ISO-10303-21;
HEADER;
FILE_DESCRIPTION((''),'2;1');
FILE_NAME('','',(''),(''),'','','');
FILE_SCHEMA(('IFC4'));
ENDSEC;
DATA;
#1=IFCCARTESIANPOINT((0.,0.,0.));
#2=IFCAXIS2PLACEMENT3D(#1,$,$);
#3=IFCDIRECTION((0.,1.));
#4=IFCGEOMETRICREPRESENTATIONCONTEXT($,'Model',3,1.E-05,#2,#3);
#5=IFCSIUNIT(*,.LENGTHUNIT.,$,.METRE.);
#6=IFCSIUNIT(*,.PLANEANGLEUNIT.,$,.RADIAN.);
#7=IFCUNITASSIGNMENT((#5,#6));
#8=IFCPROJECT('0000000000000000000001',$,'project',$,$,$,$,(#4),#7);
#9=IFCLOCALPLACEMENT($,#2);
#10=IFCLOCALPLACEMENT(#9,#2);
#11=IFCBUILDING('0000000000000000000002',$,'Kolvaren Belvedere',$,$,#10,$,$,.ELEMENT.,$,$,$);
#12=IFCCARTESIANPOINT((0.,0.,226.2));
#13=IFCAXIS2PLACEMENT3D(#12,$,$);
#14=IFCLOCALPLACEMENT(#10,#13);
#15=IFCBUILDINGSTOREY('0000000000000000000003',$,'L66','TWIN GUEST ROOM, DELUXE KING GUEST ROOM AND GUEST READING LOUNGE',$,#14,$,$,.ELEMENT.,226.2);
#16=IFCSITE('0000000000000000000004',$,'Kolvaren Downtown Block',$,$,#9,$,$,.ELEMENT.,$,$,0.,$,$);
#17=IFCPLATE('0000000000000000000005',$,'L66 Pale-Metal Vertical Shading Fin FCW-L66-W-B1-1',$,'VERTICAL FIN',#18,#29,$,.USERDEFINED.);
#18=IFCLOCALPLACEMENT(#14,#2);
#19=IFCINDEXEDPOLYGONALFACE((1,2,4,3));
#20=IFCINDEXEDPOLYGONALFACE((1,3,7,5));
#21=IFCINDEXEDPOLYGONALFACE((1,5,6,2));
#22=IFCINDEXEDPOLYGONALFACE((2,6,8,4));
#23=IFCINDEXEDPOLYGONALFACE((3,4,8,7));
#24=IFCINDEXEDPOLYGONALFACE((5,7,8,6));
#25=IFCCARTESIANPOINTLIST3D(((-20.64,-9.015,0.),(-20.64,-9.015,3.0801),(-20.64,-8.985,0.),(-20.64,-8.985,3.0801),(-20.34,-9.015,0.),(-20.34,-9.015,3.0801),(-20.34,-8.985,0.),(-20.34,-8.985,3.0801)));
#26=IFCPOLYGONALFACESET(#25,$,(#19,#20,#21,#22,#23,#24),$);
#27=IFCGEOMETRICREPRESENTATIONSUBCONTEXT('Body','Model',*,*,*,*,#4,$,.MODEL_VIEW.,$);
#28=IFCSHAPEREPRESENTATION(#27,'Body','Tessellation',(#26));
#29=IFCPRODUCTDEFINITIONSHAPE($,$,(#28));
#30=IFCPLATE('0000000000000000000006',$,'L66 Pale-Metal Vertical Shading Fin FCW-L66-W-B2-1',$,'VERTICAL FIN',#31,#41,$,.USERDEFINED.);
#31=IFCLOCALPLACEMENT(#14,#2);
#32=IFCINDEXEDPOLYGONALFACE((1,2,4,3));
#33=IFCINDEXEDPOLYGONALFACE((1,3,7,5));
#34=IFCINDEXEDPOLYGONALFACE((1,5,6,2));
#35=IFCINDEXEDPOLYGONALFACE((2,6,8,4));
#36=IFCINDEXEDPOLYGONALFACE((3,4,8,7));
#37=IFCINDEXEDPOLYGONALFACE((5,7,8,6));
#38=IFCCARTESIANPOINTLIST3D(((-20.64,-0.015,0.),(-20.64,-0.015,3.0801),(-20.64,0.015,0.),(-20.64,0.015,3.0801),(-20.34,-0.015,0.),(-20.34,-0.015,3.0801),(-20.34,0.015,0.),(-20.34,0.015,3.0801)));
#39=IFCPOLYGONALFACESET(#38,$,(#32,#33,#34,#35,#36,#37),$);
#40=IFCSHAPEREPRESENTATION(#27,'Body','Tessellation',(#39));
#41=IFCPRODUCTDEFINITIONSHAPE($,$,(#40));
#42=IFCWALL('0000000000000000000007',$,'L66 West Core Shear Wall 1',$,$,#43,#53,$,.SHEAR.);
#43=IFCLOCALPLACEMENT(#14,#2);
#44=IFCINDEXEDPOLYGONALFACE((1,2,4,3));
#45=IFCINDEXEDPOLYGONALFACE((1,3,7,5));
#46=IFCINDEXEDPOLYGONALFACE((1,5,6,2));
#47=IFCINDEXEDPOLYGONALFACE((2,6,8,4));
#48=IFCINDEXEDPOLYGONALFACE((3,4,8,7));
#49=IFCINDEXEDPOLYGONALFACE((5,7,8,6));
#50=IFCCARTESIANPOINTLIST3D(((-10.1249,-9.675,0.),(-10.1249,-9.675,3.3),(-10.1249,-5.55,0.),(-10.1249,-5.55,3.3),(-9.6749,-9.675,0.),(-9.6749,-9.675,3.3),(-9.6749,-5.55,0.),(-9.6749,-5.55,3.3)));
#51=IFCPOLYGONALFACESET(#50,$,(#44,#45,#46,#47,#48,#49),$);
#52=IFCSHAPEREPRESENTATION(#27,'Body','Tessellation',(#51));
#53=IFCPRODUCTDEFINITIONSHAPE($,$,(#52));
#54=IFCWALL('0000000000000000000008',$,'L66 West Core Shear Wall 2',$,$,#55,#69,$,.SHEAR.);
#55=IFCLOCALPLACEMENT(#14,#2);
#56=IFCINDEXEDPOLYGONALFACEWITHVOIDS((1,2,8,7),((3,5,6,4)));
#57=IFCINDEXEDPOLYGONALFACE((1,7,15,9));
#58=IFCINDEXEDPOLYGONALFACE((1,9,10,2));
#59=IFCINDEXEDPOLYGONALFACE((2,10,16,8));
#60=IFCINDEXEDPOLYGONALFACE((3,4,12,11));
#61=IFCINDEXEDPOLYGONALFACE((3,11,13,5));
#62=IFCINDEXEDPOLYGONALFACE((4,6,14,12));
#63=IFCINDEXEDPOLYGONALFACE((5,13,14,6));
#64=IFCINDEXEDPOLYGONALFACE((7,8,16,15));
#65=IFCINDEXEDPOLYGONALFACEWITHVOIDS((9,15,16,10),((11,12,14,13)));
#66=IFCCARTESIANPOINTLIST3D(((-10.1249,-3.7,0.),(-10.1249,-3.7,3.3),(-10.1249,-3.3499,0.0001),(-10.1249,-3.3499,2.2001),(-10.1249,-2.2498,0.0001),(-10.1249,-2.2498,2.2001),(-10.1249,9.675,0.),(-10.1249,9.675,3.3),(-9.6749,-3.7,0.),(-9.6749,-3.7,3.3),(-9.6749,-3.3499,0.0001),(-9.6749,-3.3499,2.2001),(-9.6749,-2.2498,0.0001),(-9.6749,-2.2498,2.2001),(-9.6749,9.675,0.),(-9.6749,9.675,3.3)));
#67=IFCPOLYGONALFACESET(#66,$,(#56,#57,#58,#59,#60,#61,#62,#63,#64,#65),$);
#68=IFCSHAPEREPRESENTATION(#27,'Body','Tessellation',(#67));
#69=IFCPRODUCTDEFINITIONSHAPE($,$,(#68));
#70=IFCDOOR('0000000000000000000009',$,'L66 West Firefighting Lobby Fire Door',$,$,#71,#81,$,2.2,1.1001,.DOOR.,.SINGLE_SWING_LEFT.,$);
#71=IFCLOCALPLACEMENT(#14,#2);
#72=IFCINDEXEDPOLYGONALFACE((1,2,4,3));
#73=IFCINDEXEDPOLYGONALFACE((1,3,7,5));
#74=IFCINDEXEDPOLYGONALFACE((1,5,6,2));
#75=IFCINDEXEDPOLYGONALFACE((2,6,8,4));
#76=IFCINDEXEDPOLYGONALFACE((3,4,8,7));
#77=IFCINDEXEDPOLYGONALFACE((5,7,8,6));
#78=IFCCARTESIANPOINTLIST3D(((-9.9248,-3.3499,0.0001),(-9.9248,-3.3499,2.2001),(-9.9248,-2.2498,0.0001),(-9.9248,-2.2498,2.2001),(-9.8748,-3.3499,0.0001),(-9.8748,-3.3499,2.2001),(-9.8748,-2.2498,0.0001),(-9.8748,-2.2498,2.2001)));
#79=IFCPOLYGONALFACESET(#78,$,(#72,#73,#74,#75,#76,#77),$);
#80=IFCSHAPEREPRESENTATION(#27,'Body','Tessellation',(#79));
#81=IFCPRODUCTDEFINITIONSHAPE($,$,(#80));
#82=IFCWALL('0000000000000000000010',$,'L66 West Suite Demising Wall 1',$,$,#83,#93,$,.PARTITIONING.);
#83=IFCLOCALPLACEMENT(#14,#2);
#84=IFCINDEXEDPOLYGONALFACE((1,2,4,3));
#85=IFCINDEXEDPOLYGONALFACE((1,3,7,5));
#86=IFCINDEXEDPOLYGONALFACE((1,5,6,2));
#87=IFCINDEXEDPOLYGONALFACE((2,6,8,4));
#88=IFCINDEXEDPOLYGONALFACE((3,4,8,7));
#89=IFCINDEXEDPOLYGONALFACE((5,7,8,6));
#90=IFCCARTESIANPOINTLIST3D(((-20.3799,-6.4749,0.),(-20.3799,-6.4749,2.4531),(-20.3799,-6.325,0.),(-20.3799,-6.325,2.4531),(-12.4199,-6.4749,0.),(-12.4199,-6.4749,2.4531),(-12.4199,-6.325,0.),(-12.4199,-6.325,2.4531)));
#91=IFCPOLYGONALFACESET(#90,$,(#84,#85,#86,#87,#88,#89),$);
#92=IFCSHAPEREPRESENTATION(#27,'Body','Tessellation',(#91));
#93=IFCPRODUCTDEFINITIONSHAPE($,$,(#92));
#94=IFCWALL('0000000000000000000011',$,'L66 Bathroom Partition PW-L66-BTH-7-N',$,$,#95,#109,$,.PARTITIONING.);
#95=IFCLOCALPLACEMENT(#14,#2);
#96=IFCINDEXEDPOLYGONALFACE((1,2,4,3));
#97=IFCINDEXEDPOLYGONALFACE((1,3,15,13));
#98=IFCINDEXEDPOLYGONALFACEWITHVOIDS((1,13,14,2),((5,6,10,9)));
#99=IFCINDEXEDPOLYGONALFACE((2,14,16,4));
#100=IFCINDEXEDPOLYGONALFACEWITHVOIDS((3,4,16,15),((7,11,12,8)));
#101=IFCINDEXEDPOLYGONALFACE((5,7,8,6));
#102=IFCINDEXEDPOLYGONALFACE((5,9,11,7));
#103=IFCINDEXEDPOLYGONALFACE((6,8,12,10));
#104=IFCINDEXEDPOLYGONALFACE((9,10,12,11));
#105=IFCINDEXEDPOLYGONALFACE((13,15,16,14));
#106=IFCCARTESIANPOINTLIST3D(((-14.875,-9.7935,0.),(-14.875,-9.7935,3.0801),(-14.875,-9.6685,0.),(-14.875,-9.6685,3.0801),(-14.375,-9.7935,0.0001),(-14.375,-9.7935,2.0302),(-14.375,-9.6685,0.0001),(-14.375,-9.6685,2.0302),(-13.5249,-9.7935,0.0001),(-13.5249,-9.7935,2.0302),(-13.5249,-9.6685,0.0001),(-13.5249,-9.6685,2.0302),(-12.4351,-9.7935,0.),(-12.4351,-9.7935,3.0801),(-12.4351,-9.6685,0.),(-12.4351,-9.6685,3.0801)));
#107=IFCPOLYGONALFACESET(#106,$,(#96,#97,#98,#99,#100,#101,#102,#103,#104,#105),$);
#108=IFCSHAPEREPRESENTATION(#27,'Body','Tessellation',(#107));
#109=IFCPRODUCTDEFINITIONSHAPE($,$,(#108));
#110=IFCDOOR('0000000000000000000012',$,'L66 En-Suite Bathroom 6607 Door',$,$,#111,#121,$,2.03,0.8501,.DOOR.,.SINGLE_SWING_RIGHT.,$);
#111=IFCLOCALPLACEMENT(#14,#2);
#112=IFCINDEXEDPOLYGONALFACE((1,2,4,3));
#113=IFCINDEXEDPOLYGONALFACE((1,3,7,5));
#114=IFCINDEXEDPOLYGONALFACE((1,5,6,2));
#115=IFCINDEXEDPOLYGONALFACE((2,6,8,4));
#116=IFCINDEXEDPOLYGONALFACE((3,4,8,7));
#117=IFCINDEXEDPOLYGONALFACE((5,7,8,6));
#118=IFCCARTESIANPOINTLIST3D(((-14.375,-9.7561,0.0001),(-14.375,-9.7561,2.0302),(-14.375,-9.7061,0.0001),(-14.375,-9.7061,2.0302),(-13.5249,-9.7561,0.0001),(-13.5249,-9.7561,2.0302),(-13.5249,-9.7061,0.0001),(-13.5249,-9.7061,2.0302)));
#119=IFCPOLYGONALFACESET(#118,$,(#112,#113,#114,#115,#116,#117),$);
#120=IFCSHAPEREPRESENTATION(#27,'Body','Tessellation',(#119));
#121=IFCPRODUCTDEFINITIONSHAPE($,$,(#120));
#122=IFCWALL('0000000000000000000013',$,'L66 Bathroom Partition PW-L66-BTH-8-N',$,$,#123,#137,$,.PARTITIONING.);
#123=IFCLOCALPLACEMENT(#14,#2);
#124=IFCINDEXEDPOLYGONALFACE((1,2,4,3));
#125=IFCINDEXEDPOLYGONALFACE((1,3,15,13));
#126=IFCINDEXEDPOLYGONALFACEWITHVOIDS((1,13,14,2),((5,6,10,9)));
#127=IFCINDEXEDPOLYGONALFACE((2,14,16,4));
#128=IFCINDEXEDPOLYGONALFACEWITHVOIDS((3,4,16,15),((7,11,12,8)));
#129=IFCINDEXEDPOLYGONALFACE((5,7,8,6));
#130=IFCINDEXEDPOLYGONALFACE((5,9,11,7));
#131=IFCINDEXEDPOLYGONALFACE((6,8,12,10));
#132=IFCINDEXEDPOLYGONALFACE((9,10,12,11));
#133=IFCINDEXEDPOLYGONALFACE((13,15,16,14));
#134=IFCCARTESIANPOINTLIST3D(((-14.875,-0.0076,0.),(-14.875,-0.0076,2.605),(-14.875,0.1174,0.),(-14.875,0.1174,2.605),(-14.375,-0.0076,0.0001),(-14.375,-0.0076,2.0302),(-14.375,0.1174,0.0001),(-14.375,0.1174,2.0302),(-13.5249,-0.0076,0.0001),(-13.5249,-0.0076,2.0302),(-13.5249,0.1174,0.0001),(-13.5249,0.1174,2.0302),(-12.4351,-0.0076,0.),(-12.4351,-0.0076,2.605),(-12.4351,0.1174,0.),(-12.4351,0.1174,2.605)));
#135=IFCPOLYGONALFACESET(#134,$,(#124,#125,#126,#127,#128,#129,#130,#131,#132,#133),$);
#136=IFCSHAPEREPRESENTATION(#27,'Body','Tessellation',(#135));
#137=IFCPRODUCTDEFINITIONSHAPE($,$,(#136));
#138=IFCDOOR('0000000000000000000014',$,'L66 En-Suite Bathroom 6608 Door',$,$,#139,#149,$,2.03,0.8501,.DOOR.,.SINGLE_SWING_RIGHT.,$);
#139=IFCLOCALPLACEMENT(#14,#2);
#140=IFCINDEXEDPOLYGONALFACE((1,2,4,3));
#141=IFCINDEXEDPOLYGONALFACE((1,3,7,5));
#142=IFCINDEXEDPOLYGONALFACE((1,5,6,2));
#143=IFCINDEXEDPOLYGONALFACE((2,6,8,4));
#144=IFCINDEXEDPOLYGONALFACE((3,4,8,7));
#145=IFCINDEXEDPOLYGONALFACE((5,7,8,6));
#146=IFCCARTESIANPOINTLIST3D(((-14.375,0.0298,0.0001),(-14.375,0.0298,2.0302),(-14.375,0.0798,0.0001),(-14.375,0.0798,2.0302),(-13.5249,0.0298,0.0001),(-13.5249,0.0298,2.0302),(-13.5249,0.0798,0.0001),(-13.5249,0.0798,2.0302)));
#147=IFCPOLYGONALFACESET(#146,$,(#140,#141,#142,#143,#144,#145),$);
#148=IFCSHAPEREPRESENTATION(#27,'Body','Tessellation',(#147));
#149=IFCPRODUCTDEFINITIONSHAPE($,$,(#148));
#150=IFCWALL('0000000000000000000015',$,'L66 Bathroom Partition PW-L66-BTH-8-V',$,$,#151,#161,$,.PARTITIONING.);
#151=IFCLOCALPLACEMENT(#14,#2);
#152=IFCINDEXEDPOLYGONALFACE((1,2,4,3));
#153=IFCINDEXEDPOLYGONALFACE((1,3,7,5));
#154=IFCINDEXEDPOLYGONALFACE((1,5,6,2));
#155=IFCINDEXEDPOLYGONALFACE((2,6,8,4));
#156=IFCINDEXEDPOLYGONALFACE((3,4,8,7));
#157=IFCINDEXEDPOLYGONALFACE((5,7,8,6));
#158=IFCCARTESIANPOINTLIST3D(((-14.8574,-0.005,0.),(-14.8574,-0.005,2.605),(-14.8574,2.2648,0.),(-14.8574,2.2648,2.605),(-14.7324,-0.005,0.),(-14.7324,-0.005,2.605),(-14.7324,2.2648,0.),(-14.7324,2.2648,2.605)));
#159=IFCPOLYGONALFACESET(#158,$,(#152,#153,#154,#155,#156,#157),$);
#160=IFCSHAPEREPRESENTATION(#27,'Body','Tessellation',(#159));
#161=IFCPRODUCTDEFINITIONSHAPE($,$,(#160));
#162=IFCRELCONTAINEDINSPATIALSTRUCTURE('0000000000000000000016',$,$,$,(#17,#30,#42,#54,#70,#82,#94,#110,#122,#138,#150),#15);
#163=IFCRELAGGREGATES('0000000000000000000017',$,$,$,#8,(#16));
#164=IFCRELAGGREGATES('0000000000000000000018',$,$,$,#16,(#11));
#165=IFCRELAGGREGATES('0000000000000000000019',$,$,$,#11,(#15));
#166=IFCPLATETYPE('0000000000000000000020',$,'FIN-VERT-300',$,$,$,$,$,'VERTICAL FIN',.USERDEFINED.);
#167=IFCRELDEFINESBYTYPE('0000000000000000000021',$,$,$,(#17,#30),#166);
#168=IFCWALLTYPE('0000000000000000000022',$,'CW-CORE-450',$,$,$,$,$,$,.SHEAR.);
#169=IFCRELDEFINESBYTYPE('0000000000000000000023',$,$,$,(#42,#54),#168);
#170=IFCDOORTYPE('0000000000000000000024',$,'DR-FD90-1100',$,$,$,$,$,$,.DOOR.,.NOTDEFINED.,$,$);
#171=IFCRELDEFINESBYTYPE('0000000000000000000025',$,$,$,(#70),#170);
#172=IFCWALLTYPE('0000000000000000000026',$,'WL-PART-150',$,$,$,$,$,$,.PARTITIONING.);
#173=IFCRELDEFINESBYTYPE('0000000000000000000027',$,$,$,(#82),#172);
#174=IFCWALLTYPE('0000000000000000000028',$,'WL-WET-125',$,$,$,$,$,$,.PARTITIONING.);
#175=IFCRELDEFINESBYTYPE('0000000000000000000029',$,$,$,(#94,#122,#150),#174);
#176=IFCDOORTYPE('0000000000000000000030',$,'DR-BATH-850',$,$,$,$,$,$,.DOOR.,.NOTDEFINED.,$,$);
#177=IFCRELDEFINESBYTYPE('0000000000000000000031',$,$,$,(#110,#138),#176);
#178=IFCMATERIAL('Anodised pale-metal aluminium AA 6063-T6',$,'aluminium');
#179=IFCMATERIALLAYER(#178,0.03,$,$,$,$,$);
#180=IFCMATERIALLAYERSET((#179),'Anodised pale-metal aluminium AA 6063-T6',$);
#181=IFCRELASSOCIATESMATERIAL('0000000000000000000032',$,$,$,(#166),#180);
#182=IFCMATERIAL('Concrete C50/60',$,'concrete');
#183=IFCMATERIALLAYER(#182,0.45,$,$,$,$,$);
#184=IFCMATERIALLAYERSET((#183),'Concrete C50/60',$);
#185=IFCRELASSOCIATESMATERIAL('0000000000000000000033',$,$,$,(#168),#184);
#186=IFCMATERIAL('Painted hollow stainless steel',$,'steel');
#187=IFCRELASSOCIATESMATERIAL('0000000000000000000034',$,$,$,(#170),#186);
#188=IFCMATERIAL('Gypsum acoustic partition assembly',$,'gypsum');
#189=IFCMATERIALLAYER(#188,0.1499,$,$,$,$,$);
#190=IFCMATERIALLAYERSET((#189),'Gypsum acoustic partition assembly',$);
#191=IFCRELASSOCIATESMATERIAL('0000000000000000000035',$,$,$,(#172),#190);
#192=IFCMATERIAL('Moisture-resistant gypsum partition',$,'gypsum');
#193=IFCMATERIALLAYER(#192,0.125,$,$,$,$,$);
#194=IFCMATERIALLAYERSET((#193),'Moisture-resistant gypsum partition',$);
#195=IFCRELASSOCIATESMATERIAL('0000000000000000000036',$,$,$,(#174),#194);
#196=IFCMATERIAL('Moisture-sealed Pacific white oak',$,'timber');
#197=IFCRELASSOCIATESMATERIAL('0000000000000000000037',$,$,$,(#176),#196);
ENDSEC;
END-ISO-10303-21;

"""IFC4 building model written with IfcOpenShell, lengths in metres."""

from ifc_helpers import new_model, si_unit, direction, frame, frame_2d, origin, origin_2d, place, context, subcontext, project, spatial, rectangle, extrude, material, layer, layer_set, type_object, element, fill, save


model = new_model("IFC4")

# Units and contexts
model_context = context("Model", 3, precision=1e-05, world=origin(), true_north=direction((0.0, 1.0)))
body_context = subcontext(model_context, "Body", "Model", "MODEL_VIEW")
ifc_project = project(units=[si_unit("LENGTHUNIT", "METRE"), si_unit("PLANEANGLEUNIT", "RADIAN")], contexts=[model_context])

# Site, building, storey
site_placement = place(None, origin())
site = spatial("IfcSite", under=ifc_project, at=site_placement, Name="Kolvaren Downtown Block", CompositionType="ELEMENT", RefElevation=0.0)
building_placement = place(site_placement, origin())
building = spatial("IfcBuilding", under=site, at=building_placement, Name="Kolvaren Belvedere", CompositionType="ELEMENT")
storey_placement = place(building_placement, frame((0.0, 0.0, 226.2)))
storey = spatial("IfcBuildingStorey", under=building, at=storey_placement, Name="L66", Description="TWIN GUEST ROOM, DELUXE KING GUEST ROOM AND GUEST READING LOUNGE", CompositionType="ELEMENT", Elevation=226.2)

# Plates
ifc_material_1 = material(Name="Anodised pale-metal aluminium AA 6063-T6", Category="aluminium")
ifc_layer_1 = layer(ifc_material_1, 0.03)
ifc_layer_set_1 = layer_set([ifc_layer_1], Name="Anodised pale-metal aluminium AA 6063-T6")
plate_type_1 = type_object("IfcPlateType", Name="FIN-VERT-300", ElementType="VERTICAL FIN", PredefinedType="USERDEFINED", material=ifc_layer_set_1)
for number, where, z_axis, x_axis, name in (
    (1, (-20.49, -9.0, 0.0), (0.0, 0.0, 1.0), (1.0, 0.0, 0.0), "L66 Pale-Metal Vertical Shading Fin FCW-L66-W-B1-1"),
    (2, (-20.49, 0.0, 0.0), (0.0, 0.0, 1.0), (1.0, 0.0, 0.0), "L66 Pale-Metal Vertical Shading Fin FCW-L66-W-B2-1"),
):
    element("IfcPlate", number, at=place(storey_placement, frame(where, z_axis=z_axis, x_axis=x_axis)), inside=storey, type_object=plate_type_1, Name=name, ObjectType="VERTICAL FIN", PredefinedType="USERDEFINED", context=body_context, shape_type="SweptSolid", body=[
        extrude(rectangle(XDim=0.3, YDim=0.03, at=origin_2d()), origin(), (0.0, 0.0, 1.0), 3.0801),
    ])

# Wall
ifc_material_2 = material(Name="Concrete C50/60", Category="concrete")
ifc_layer_2 = layer(ifc_material_2, 0.45)
ifc_layer_set_2 = layer_set([ifc_layer_2], Name="Concrete C50/60")
wall_type_1 = type_object("IfcWallType", Name="CW-CORE-450", PredefinedType="SHEAR", material=ifc_layer_set_2)
wall_1_placement = place(storey_placement, frame((-9.8999, -9.675, 0.0), z_axis=(0.0, 0.0, 1.0), x_axis=(0.0, 1.0, 0.0)))
element("IfcWall", 3, at=wall_1_placement, inside=storey, type_object=wall_type_1, Name="L66 West Core Shear Wall 1", PredefinedType="SHEAR", context=body_context, shape_type="SweptSolid", body=[
    extrude(rectangle(XDim=4.125, YDim=0.45, at=frame_2d((2.0625, 0.0))), origin(), (0.0, 0.0, 1.0), 3.3),
])

# Wall, opening, door
wall_2_placement = place(storey_placement, frame((-9.8999, -3.7, 0.0), z_axis=(0.0, 0.0, 1.0), x_axis=(0.0, 1.0, 0.0)))
wall_2 = element("IfcWall", 4, at=wall_2_placement, inside=storey, type_object=wall_type_1, Name="L66 West Core Shear Wall 2", PredefinedType="SHEAR", context=body_context, shape_type="SweptSolid", body=[
    extrude(rectangle(XDim=13.375, YDim=0.45, at=frame_2d((6.6875, 0.0))), origin(), (0.0, 0.0, 1.0), 3.3),
])
opening_1_placement = place(wall_2_placement, frame((0.3501, 0.0, 0.0)))
opening_1 = element("IfcOpeningElement", 5, at=opening_1_placement, cuts=wall_2, PredefinedType="OPENING", context=body_context, shape_type="SweptSolid", body=[
    extrude(rectangle(XDim=1.1001, YDim=2.2, at=frame_2d((0.55, 1.1001))), frame((0.0, 0.2349, 0.0), z_axis=(0.0, -1.0, 0.0), x_axis=(1.0, 0.0, 0.0)), (0.0, 0.0, 1.0), 0.47),
])
ifc_material_3 = material(Name="Painted hollow stainless steel", Category="steel")
door_type_1 = type_object("IfcDoorType", Name="DR-FD90-1100", OperationType="NOTDEFINED", PredefinedType="DOOR", material=ifc_material_3)
door_1_placement = place(opening_1_placement, origin())
door_1 = element("IfcDoor", 6, at=door_1_placement, inside=storey, type_object=door_type_1, Name="L66 West Firefighting Lobby Fire Door", OperationType="SINGLE_SWING_LEFT", OverallHeight=2.2, OverallWidth=1.1001, PredefinedType="DOOR", context=body_context, shape_type="SweptSolid", body=[
    extrude(rectangle(XDim=1.1001, YDim=2.2, at=frame_2d((0.55, 1.1001))), frame((0.0, 0.0249, 0.0), z_axis=(0.0, -1.0, 0.0), x_axis=(1.0, 0.0, 0.0)), (0.0, 0.0, 1.0), 0.05),
])
fill(opening_1, door_1)

# Wall
ifc_material_4 = material(Name="Gypsum acoustic partition assembly", Category="gypsum")
ifc_layer_3 = layer(ifc_material_4, 0.1499)
ifc_layer_set_3 = layer_set([ifc_layer_3], Name="Gypsum acoustic partition assembly")
wall_type_2 = type_object("IfcWallType", Name="WL-PART-150", PredefinedType="PARTITIONING", material=ifc_layer_set_3)
wall_3_placement = place(storey_placement, frame((-20.3799, -6.3999, 0.0), z_axis=(0.0, 0.0, 1.0), x_axis=(1.0, 0.0, 0.0)))
element("IfcWall", 7, at=wall_3_placement, inside=storey, type_object=wall_type_2, Name="L66 West Suite Demising Wall 1", PredefinedType="PARTITIONING", context=body_context, shape_type="SweptSolid", body=[
    extrude(rectangle(XDim=7.96, YDim=0.1499, at=frame_2d((3.98, 0.0))), origin(), (0.0, 0.0, 1.0), 2.4531),
])

# Walls, openings, doors
ifc_material_5 = material(Name="Moisture-resistant gypsum partition", Category="gypsum")
ifc_layer_4 = layer(ifc_material_5, 0.125)
ifc_layer_set_4 = layer_set([ifc_layer_4], Name="Moisture-resistant gypsum partition")
wall_type_3 = type_object("IfcWallType", Name="WL-WET-125", PredefinedType="PARTITIONING", material=ifc_layer_set_4)
wall_4_placement = place(storey_placement, frame((-14.875, -9.731, 0.0), z_axis=(0.0, 0.0, 1.0), x_axis=(1.0, 0.0, 0.0)))
wall_4 = element("IfcWall", 8, at=wall_4_placement, inside=storey, type_object=wall_type_3, Name="L66 Bathroom Partition PW-L66-BTH-7-N", PredefinedType="PARTITIONING", context=body_context, shape_type="SweptSolid", body=[
    extrude(rectangle(XDim=2.4399, YDim=0.125, at=frame_2d((1.22, 0.0))), origin(), (0.0, 0.0, 1.0), 3.0801),
])
opening_2_placement = place(wall_4_placement, frame((0.5, 0.0, 0.0)))
opening_2 = element("IfcOpeningElement", 9, at=opening_2_placement, cuts=wall_4, PredefinedType="OPENING", context=body_context, shape_type="SweptSolid", body=[
    extrude(rectangle(XDim=0.8501, YDim=2.03, at=frame_2d((0.425, 1.0151))), frame((0.0, 0.0725, 0.0), z_axis=(0.0, -1.0, 0.0), x_axis=(1.0, 0.0, 0.0)), (0.0, 0.0, 1.0), 0.145),
])
ifc_material_6 = material(Name="Moisture-sealed Pacific white oak", Category="timber")
door_type_2 = type_object("IfcDoorType", Name="DR-BATH-850", OperationType="NOTDEFINED", PredefinedType="DOOR", material=ifc_material_6)
door_2_placement = place(opening_2_placement, origin())
door_2 = element("IfcDoor", 10, at=door_2_placement, inside=storey, type_object=door_type_2, Name="L66 En-Suite Bathroom 6607 Door", OperationType="SINGLE_SWING_RIGHT", OverallHeight=2.03, OverallWidth=0.8501, PredefinedType="DOOR", context=body_context, shape_type="SweptSolid", body=[
    extrude(rectangle(XDim=0.8501, YDim=2.03, at=frame_2d((0.425, 1.0151))), frame((0.0, 0.0249, 0.0), z_axis=(0.0, -1.0, 0.0), x_axis=(1.0, 0.0, 0.0)), (0.0, 0.0, 1.0), 0.05),
])
fill(opening_2, door_2)
wall_5_placement = place(storey_placement, frame((-14.875, 0.0549, 0.0), z_axis=(0.0, 0.0, 1.0), x_axis=(1.0, 0.0, 0.0)))
wall_5 = element("IfcWall", 11, at=wall_5_placement, inside=storey, type_object=wall_type_3, Name="L66 Bathroom Partition PW-L66-BTH-8-N", PredefinedType="PARTITIONING", context=body_context, shape_type="SweptSolid", body=[
    extrude(rectangle(XDim=2.4399, YDim=0.125, at=frame_2d((1.22, 0.0))), origin(), (0.0, 0.0, 1.0), 2.605),
])
opening_3_placement = place(wall_5_placement, frame((0.5, 0.0, 0.0)))
opening_3 = element("IfcOpeningElement", 12, at=opening_3_placement, cuts=wall_5, PredefinedType="OPENING", context=body_context, shape_type="SweptSolid", body=[
    extrude(rectangle(XDim=0.8501, YDim=2.03, at=frame_2d((0.425, 1.0151))), frame((0.0, 0.0725, 0.0), z_axis=(0.0, -1.0, 0.0), x_axis=(1.0, 0.0, 0.0)), (0.0, 0.0, 1.0), 0.145),
])
door_3_placement = place(opening_3_placement, origin())
door_3 = element("IfcDoor", 13, at=door_3_placement, inside=storey, type_object=door_type_2, Name="L66 En-Suite Bathroom 6608 Door", OperationType="SINGLE_SWING_RIGHT", OverallHeight=2.03, OverallWidth=0.8501, PredefinedType="DOOR", context=body_context, shape_type="SweptSolid", body=[
    extrude(rectangle(XDim=0.8501, YDim=2.03, at=frame_2d((0.425, 1.0151))), frame((0.0, 0.0249, 0.0), z_axis=(0.0, -1.0, 0.0), x_axis=(1.0, 0.0, 0.0)), (0.0, 0.0, 1.0), 0.05),
])
fill(opening_3, door_3)

# Wall
wall_6_placement = place(storey_placement, frame((-14.7949, -0.0049, 0.0), z_axis=(0.0, 0.0, 1.0), x_axis=(0.0, 1.0, 0.0)))
element("IfcWall", 14, at=wall_6_placement, inside=storey, type_object=wall_type_3, Name="L66 Bathroom Partition PW-L66-BTH-8-V", PredefinedType="PARTITIONING", context=body_context, shape_type="SweptSolid", body=[
    extrude(rectangle(XDim=2.2698, YDim=0.125, at=frame_2d((1.1348, 0.0))), origin(), (0.0, 0.0, 1.0), 2.605),
])

save(model, "model.ifc")
